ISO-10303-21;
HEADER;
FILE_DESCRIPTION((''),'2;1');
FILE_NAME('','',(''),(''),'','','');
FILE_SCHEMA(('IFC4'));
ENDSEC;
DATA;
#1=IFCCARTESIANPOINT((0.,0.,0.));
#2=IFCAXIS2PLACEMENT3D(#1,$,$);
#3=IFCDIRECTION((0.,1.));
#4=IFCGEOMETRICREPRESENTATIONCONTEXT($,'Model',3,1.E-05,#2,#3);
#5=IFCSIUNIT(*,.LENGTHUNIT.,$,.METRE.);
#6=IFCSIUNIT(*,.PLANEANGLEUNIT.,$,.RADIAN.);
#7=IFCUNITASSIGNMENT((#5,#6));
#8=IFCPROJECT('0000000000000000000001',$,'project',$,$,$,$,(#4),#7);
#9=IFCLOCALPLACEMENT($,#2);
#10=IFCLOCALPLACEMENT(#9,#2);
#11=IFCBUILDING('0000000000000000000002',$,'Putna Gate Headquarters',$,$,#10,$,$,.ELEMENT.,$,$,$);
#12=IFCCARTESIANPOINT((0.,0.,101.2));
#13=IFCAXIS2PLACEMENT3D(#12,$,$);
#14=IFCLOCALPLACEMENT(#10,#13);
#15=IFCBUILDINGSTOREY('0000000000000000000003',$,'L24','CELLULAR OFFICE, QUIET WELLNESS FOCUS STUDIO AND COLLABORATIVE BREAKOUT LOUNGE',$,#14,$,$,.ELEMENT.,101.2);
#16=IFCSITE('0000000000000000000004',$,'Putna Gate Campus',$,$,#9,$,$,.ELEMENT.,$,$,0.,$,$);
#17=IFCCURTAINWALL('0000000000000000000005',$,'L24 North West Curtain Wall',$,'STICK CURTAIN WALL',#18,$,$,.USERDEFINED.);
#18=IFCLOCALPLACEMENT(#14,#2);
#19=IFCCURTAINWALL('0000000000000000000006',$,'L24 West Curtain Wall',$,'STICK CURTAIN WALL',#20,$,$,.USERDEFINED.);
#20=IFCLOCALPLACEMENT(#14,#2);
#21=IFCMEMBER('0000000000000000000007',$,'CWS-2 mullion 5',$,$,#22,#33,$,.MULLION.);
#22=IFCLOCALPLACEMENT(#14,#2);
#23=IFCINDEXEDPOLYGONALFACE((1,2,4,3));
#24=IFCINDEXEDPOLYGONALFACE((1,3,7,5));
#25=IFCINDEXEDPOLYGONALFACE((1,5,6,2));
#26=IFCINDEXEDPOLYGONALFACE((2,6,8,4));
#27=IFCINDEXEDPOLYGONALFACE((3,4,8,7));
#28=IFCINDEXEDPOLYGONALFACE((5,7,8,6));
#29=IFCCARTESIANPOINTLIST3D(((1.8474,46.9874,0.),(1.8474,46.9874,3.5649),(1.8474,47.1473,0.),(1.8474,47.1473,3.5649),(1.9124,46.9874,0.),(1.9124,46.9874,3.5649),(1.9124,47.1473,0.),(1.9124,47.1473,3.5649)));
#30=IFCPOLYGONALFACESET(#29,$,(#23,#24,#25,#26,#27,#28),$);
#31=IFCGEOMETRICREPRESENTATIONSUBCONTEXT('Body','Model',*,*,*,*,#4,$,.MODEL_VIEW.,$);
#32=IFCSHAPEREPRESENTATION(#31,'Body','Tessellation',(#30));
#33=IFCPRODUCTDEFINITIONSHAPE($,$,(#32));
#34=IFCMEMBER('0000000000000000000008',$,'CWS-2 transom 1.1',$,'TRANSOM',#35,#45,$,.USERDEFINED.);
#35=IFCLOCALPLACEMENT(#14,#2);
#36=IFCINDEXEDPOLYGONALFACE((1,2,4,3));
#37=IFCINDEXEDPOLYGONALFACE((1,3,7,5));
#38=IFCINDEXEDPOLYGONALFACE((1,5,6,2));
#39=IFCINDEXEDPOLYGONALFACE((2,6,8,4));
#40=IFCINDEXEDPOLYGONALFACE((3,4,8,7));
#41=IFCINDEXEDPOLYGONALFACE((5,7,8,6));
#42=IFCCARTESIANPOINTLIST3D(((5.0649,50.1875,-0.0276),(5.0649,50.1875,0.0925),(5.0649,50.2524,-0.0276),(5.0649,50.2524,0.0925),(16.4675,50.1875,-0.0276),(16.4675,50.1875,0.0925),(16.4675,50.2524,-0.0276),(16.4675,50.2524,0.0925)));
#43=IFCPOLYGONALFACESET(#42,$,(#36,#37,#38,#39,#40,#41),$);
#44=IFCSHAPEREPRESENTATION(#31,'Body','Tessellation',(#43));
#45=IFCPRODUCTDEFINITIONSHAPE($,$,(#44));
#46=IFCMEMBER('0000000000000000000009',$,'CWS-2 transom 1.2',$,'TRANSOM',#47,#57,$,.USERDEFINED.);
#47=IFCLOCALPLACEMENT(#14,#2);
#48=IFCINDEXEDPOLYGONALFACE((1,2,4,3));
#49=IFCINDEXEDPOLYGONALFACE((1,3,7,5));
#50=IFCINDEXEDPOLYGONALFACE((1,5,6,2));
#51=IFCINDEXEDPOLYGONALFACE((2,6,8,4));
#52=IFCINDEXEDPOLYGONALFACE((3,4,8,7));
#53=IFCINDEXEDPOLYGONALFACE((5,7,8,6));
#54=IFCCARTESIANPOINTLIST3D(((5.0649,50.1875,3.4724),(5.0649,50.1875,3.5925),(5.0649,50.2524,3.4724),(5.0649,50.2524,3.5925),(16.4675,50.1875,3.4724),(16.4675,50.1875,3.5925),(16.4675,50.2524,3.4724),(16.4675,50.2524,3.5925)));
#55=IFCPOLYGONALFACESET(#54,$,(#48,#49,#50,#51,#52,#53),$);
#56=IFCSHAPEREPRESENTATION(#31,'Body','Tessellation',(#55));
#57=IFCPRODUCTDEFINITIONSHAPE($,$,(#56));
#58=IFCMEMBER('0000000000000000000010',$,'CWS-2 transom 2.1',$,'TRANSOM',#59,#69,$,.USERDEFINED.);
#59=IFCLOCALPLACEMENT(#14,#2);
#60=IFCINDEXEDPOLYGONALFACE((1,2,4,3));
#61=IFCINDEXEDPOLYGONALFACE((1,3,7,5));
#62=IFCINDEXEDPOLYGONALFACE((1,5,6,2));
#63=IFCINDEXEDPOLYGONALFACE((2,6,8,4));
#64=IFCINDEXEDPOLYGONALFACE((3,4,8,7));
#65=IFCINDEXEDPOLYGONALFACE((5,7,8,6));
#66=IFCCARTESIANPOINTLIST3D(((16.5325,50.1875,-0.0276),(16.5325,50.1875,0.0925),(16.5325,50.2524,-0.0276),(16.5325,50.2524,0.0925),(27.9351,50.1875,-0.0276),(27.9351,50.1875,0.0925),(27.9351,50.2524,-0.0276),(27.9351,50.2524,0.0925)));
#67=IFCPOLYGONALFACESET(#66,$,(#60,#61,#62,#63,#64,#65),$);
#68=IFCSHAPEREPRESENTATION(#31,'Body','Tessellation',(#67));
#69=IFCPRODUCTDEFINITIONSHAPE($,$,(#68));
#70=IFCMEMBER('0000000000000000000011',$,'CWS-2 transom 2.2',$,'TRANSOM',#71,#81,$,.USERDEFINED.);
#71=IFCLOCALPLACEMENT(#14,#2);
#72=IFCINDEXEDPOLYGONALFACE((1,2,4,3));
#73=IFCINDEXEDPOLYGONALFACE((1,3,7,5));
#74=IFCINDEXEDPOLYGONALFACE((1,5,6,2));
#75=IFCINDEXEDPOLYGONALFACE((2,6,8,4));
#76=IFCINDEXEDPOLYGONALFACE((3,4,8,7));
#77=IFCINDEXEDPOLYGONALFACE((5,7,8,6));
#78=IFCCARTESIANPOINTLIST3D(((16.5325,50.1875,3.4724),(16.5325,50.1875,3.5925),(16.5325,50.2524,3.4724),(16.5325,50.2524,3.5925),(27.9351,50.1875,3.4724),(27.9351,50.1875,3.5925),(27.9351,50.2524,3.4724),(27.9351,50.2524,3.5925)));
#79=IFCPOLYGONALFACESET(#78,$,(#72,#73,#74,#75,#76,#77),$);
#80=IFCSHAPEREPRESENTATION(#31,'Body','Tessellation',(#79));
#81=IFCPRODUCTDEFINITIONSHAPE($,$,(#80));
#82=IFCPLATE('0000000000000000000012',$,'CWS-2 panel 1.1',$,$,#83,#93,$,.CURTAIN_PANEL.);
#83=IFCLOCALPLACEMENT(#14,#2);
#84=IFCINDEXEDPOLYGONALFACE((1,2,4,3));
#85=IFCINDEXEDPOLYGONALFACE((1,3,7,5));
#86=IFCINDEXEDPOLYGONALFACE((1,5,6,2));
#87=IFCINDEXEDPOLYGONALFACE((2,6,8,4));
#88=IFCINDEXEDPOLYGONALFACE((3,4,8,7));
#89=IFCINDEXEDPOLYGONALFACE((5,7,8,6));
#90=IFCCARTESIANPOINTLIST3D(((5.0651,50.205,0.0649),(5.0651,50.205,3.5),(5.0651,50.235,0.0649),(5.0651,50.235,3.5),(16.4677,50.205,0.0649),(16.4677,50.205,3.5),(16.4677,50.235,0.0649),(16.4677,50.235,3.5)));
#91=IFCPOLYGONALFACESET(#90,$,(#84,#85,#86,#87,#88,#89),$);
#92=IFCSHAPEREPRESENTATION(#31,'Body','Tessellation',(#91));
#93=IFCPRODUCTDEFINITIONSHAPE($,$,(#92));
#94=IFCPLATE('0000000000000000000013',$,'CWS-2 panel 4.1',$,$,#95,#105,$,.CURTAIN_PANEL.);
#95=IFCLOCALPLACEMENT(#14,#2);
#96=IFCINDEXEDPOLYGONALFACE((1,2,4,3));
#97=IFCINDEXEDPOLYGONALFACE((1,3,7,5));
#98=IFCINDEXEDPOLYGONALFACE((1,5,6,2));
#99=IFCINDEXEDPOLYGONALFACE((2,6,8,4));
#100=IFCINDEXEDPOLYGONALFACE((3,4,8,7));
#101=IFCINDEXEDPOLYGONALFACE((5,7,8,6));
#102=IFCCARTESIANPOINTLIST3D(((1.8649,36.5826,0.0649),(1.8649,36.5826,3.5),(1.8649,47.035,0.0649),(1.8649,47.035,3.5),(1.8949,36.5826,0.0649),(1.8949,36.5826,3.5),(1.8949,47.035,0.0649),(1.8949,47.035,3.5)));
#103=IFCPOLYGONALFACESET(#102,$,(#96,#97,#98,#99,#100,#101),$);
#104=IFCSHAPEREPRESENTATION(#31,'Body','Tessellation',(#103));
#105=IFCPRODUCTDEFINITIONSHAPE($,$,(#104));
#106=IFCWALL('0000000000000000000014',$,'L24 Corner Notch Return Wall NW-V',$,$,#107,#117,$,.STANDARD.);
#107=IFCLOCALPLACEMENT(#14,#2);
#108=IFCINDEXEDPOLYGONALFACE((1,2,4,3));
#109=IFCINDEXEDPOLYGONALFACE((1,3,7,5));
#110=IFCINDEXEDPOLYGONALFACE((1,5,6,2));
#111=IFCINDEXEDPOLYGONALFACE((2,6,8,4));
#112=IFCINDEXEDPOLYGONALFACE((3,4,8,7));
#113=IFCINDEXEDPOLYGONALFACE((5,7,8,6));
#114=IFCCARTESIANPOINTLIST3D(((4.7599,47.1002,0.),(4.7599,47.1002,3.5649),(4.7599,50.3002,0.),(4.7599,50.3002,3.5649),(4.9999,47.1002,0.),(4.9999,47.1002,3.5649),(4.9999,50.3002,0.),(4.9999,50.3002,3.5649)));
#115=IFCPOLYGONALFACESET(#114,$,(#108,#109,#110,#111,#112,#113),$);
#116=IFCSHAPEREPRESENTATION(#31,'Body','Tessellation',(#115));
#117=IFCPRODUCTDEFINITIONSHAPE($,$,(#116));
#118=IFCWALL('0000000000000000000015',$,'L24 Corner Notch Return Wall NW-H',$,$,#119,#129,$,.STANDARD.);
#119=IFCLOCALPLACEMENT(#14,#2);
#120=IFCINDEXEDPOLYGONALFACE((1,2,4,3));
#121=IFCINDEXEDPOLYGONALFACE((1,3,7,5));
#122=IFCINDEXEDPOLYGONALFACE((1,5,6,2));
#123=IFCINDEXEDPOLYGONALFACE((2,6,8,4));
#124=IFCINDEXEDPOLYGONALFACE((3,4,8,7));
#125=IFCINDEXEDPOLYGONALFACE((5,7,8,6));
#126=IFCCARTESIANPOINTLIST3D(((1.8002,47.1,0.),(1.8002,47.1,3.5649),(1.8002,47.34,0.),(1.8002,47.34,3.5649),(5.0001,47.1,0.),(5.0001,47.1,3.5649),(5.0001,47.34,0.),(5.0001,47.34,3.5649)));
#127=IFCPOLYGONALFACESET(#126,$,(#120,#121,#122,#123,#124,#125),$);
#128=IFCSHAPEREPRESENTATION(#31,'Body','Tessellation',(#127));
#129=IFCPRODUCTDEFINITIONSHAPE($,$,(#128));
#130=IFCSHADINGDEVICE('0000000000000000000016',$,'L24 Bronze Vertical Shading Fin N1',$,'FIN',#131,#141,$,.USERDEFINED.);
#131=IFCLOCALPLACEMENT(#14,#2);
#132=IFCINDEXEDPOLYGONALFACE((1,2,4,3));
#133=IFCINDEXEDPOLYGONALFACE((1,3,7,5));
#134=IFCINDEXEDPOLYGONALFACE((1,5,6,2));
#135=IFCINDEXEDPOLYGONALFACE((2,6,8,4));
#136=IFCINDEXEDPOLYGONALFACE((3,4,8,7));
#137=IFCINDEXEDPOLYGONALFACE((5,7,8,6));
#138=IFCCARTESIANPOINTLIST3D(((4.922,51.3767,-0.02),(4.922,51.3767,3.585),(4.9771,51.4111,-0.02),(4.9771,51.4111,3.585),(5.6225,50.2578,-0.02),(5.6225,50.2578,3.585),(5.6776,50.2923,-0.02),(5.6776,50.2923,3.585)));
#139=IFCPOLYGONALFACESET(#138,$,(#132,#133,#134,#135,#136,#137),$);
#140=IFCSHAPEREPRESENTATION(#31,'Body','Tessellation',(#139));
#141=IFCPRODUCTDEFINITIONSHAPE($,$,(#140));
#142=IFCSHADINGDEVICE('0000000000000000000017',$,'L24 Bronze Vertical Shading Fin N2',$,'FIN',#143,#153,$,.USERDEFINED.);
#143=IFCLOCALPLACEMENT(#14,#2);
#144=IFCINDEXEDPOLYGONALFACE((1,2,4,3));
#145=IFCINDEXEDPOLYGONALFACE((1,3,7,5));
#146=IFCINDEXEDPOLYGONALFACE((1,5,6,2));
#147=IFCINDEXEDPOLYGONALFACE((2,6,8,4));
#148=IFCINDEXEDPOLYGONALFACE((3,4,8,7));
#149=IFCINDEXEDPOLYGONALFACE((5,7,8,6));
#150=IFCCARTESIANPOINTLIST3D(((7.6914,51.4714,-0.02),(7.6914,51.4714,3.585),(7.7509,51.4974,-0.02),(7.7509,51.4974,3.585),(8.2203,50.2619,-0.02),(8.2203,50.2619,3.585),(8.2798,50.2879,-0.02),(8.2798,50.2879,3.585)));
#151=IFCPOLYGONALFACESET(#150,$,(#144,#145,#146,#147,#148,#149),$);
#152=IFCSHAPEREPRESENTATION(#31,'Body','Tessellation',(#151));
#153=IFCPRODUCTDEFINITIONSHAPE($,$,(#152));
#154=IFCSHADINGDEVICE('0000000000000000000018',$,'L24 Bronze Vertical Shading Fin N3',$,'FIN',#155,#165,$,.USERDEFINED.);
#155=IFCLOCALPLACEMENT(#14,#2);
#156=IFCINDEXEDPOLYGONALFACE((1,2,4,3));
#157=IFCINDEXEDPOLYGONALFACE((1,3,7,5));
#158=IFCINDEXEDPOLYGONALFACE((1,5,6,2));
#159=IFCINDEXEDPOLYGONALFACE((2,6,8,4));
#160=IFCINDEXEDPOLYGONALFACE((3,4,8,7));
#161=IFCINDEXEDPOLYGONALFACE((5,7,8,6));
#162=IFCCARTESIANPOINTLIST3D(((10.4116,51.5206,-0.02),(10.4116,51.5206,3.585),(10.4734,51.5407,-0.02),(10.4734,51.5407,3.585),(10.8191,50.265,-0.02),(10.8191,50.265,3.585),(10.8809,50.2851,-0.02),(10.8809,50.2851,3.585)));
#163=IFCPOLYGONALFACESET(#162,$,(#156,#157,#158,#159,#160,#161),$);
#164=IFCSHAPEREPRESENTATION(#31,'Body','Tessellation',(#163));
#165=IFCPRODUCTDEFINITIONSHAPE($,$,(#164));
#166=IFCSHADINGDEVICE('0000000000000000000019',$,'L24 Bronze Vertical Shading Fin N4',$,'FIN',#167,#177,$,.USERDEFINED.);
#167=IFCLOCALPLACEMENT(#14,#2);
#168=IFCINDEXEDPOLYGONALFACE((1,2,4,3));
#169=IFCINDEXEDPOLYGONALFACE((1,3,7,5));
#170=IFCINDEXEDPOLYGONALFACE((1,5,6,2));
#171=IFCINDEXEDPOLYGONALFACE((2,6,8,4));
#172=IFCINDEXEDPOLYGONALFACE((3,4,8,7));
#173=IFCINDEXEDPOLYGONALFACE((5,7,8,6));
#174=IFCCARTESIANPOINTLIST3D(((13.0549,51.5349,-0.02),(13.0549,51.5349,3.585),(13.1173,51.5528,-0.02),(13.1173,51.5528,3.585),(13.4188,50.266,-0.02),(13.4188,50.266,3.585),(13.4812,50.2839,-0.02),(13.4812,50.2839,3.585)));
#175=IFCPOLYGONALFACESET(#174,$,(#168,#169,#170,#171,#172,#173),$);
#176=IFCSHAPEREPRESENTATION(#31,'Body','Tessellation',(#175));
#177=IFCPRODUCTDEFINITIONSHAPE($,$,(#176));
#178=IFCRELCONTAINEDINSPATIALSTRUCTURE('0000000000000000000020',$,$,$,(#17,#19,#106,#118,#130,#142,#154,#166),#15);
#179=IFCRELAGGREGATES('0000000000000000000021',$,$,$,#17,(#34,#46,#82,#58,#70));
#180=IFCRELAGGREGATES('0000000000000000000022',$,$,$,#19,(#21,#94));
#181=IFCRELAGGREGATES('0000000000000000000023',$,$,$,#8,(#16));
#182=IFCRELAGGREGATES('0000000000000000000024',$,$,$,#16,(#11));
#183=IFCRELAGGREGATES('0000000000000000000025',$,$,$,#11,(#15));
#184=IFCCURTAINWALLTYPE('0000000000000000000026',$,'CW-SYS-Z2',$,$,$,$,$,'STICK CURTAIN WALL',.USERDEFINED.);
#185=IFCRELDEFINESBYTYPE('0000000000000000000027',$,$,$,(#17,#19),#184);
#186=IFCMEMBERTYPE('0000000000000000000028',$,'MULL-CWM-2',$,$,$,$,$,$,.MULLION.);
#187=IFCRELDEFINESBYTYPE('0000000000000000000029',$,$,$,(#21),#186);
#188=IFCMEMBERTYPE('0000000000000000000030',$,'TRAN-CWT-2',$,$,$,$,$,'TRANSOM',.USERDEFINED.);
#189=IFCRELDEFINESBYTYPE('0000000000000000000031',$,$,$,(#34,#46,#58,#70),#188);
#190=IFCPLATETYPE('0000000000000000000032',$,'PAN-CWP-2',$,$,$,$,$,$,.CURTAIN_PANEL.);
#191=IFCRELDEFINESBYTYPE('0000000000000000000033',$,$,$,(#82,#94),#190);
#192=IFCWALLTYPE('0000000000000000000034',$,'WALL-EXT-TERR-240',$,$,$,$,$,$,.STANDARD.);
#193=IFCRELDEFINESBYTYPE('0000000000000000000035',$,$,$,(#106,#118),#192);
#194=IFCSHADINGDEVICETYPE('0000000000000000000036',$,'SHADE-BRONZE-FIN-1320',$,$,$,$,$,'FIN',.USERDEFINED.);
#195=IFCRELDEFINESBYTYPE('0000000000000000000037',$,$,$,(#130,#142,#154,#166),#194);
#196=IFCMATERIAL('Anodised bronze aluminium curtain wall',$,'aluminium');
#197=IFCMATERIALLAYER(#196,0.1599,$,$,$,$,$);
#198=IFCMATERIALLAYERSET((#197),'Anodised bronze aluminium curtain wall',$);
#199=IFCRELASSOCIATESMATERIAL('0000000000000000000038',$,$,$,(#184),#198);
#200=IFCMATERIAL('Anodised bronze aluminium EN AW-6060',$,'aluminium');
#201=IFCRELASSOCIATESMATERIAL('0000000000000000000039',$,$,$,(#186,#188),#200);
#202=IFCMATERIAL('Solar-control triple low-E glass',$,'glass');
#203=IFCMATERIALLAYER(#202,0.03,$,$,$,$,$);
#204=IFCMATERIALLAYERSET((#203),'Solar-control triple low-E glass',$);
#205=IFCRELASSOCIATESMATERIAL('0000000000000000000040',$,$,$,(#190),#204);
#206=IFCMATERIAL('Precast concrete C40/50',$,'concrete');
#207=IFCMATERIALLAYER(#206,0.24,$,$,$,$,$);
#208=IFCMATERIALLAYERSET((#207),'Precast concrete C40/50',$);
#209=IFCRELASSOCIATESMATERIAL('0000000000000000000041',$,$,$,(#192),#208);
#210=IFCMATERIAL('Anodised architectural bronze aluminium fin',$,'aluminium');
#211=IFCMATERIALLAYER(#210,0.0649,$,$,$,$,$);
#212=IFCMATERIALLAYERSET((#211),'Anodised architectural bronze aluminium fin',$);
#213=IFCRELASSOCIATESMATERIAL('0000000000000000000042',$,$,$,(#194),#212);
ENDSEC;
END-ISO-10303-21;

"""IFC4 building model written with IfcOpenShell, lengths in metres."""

from ifc_helpers import new_model, si_unit, direction, frame, frame_2d, origin, origin_2d, place, context, subcontext, project, spatial, rectangle, extrude, material, layer, layer_set, material_profile, profile_set, type_object, element, aggregate, save


model = new_model("IFC4")

# Units and contexts
model_context = context("Model", 3, precision=1e-05, world=origin(), true_north=direction((0.0, 1.0)))
body_context = subcontext(model_context, "Body", "Model", "MODEL_VIEW")
ifc_project = project(units=[si_unit("LENGTHUNIT", "METRE"), si_unit("PLANEANGLEUNIT", "RADIAN")], contexts=[model_context])

# Site, building, storey
site_placement = place(None, origin())
site = spatial("IfcSite", under=ifc_project, at=site_placement, Name="Putna Gate Campus", CompositionType="ELEMENT", RefElevation=0.0)
building_placement = place(site_placement, origin())
building = spatial("IfcBuilding", under=site, at=building_placement, Name="Putna Gate Headquarters", CompositionType="ELEMENT")
storey_placement = place(building_placement, frame((0.0, 0.0, 101.2)))
storey = spatial("IfcBuildingStorey", under=building, at=storey_placement, Name="L24", Description="CELLULAR OFFICE, QUIET WELLNESS FOCUS STUDIO AND COLLABORATIVE BREAKOUT LOUNGE", CompositionType="ELEMENT", Elevation=101.2)

# Curtain wall
ifc_material_1 = material(Name="Anodised bronze aluminium curtain wall", Category="aluminium")
ifc_layer_1 = layer(ifc_material_1, 0.1599)
ifc_layer_set_1 = layer_set([ifc_layer_1], Name="Anodised bronze aluminium curtain wall")
curtain_wall_type = type_object("IfcCurtainWallType", Name="CW-SYS-Z2", ElementType="STICK CURTAIN WALL", PredefinedType="USERDEFINED", material=ifc_layer_set_1)
curtain_wall_1_placement = place(storey_placement, origin())
curtain_wall_1 = element("IfcCurtainWall", 1, at=curtain_wall_1_placement, inside=storey, type_object=curtain_wall_type, Name="L24 North West Curtain Wall", ObjectType="STICK CURTAIN WALL", PredefinedType="USERDEFINED")
ifc_material_2 = material(Name="Anodised bronze aluminium EN AW-6060", Category="aluminium")
ifc_material_profile_1 = material_profile(ifc_material_2, rectangle(XDim=0.0649, YDim=0.1599, at=origin_2d()), Name="Anodised bronze aluminium EN AW-6060")
ifc_profile_set_1 = profile_set([ifc_material_profile_1], Name="Anodised bronze aluminium EN AW-6060")
member_type_1 = type_object("IfcMemberType", Name="MULL-CWM-2", PredefinedType="MULLION", material=ifc_profile_set_1)

# Curtain wall, member
curtain_wall_2_placement = place(storey_placement, origin())
curtain_wall_2 = element("IfcCurtainWall", 2, at=curtain_wall_2_placement, inside=storey, type_object=curtain_wall_type, Name="L24 West Curtain Wall", ObjectType="STICK CURTAIN WALL", PredefinedType="USERDEFINED")
member_1_placement = place(storey_placement, frame((1.8799, 47.0674, 0.0), z_axis=(0.0, 0.0, 1.0), x_axis=(-1.0, 0.0, 0.0)))
member_1 = element("IfcMember", 3, at=member_1_placement, type_object=member_type_1, Name="CWS-2 mullion 5", PredefinedType="MULLION", context=body_context, shape_type="SweptSolid", body=[
    extrude(rectangle(XDim=0.0649, YDim=0.1599, at=origin_2d()), origin(), (0.0, 0.0, 1.0), 3.5649),
])

# Members
ifc_material_profile_2 = material_profile(ifc_material_2, rectangle(XDim=0.0649, YDim=0.1201, at=origin_2d()), Name="Anodised bronze aluminium EN AW-6060")
ifc_profile_set_2 = profile_set([ifc_material_profile_2], Name="Anodised bronze aluminium EN AW-6060")
member_type_2 = type_object("IfcMemberType", Name="TRAN-CWT-2", ElementType="TRANSOM", PredefinedType="USERDEFINED", material=ifc_profile_set_2)
member_2_placement = place(storey_placement, frame((5.0649, 50.22, 0.0325), z_axis=(1.0, 0.0, 0.0), x_axis=(0.0, 1.0, 0.0)))
member_2 = element("IfcMember", 4, at=member_2_placement, type_object=member_type_2, Name="CWS-2 transom 1.1", ObjectType="TRANSOM", PredefinedType="USERDEFINED", context=body_context, shape_type="SweptSolid", body=[
    extrude(rectangle(XDim=0.0649, YDim=0.1201, at=origin_2d()), origin(), (0.0, 0.0, 1.0), 11.4026),
])
member_3_placement = place(storey_placement, frame((5.0649, 50.22, 3.5325), z_axis=(1.0, 0.0, 0.0), x_axis=(0.0, 1.0, 0.0)))
member_3 = element("IfcMember", 5, at=member_3_placement, type_object=member_type_2, Name="CWS-2 transom 1.2", ObjectType="TRANSOM", PredefinedType="USERDEFINED", context=body_context, shape_type="SweptSolid", body=[
    extrude(rectangle(XDim=0.0649, YDim=0.1201, at=origin_2d()), origin(), (0.0, 0.0, 1.0), 11.4026),
])
member_4_placement = place(storey_placement, frame((16.5325, 50.22, 0.0325), z_axis=(1.0, 0.0, 0.0), x_axis=(0.0, 1.0, 0.0)))
member_4 = element("IfcMember", 6, at=member_4_placement, type_object=member_type_2, Name="CWS-2 transom 2.1", ObjectType="TRANSOM", PredefinedType="USERDEFINED", context=body_context, shape_type="SweptSolid", body=[
    extrude(rectangle(XDim=0.0649, YDim=0.1201, at=origin_2d()), origin(), (0.0, 0.0, 1.0), 11.4026),
])
member_5_placement = place(storey_placement, frame((16.5325, 50.22, 3.5325), z_axis=(1.0, 0.0, 0.0), x_axis=(0.0, 1.0, 0.0)))
member_5 = element("IfcMember", 7, at=member_5_placement, type_object=member_type_2, Name="CWS-2 transom 2.2", ObjectType="TRANSOM", PredefinedType="USERDEFINED", context=body_context, shape_type="SweptSolid", body=[
    extrude(rectangle(XDim=0.0649, YDim=0.1201, at=origin_2d()), origin(), (0.0, 0.0, 1.0), 11.4026),
])

# Plates
ifc_material_3 = material(Name="Solar-control triple low-E glass", Category="glass")
ifc_layer_2 = layer(ifc_material_3, 0.03)
ifc_layer_set_2 = layer_set([ifc_layer_2], Name="Solar-control triple low-E glass")
plate_type = type_object("IfcPlateType", Name="PAN-CWP-2", PredefinedType="CURTAIN_PANEL", material=ifc_layer_set_2)
plate_1_placement = place(storey_placement, frame((10.7664, 50.22, 0.0649), z_axis=(0.0, 0.0, 1.0), x_axis=(1.0, 0.0, 0.0)))
plate_1 = element("IfcPlate", 8, at=plate_1_placement, type_object=plate_type, Name="CWS-2 panel 1.1", PredefinedType="CURTAIN_PANEL", context=body_context, shape_type="SweptSolid", body=[
    extrude(rectangle(XDim=11.4026, YDim=0.03, at=origin_2d()), origin(), (0.0, 0.0, 1.0), 3.4351),
])
aggregate(curtain_wall_1, [member_2, member_3, plate_1, member_4, member_5])
plate_2_placement = place(storey_placement, frame((1.8799, 41.8088, 0.0649), z_axis=(0.0, 0.0, 1.0), x_axis=(0.0, 1.0, 0.0)))
plate_2 = element("IfcPlate", 9, at=plate_2_placement, type_object=plate_type, Name="CWS-2 panel 4.1", PredefinedType="CURTAIN_PANEL", context=body_context, shape_type="SweptSolid", body=[
    extrude(rectangle(XDim=10.4524, YDim=0.03, at=origin_2d()), origin(), (0.0, 0.0, 1.0), 3.4351),
])
aggregate(curtain_wall_2, [member_1, plate_2])

# Walls
ifc_material_4 = material(Name="Precast concrete C40/50", Category="concrete")
ifc_layer_3 = layer(ifc_material_4, 0.24)
ifc_layer_set_3 = layer_set([ifc_layer_3], Name="Precast concrete C40/50")
wall_type = type_object("IfcWallType", Name="WALL-EXT-TERR-240", PredefinedType="STANDARD", material=ifc_layer_set_3)
for number, where, z_axis, x_axis, name in (
    (10, (4.8799, 47.1001, 0.0), (0.0, 0.0, 1.0), (0.0, 1.0, 0.0), "L24 Corner Notch Return Wall NW-V"),
    (11, (1.8, 47.22, 0.0), (0.0, 0.0, 1.0), (1.0, 0.0, 0.0), "L24 Corner Notch Return Wall NW-H"),
):
    element("IfcWall", number, at=place(storey_placement, frame(where, z_axis=z_axis, x_axis=x_axis)), inside=storey, type_object=wall_type, Name=name, PredefinedType="STANDARD", context=body_context, shape_type="SweptSolid", body=[
        extrude(rectangle(XDim=3.2, YDim=0.24, at=frame_2d((1.6001, 0.0))), origin(), (0.0, 0.0, 1.0), 3.5649),
    ])

# Shading devices
ifc_material_5 = material(Name="Anodised architectural bronze aluminium fin", Category="aluminium")
ifc_layer_4 = layer(ifc_material_5, 0.0649)
ifc_layer_set_4 = layer_set([ifc_layer_4], Name="Anodised architectural bronze aluminium fin")
shading_device_type = type_object("IfcShadingDeviceType", Name="SHADE-BRONZE-FIN-1320", ElementType="FIN", PredefinedType="USERDEFINED", material=ifc_layer_set_4)
for number, where, z_axis, x_axis, name in (
    (12, (5.2998, 50.8345, -0.02), (0.0, 0.0, 1.0), (-0.530659, 0.847585, 0.0), "L24 Bronze Vertical Shading Fin N1"),
    (13, (7.9856, 50.8796, -0.02), (0.0, 0.0, 1.0), (-0.400669, 0.916223, 0.0), "L24 Bronze Vertical Shading Fin N2"),
    (14, (10.6462, 50.9028, -0.02), (0.0, 0.0, 1.0), (-0.308685, 0.951164, 0.0), "L24 Bronze Vertical Shading Fin N3"),
    (15, (13.2681, 50.9094, -0.02), (0.0, 0.0, 1.0), (-0.275637, 0.961262, 0.0), "L24 Bronze Vertical Shading Fin N4"),
):
    element("IfcShadingDevice", number, at=place(storey_placement, frame(where, z_axis=z_axis, x_axis=x_axis)), inside=storey, type_object=shading_device_type, Name=name, ObjectType="FIN", PredefinedType="USERDEFINED", context=body_context, shape_type="SweptSolid", body=[
        extrude(rectangle(XDim=1.3201, YDim=0.0649, at=origin_2d()), origin(), (0.0, 0.0, 1.0), 3.605),
    ])

save(model, "model.ifc")
